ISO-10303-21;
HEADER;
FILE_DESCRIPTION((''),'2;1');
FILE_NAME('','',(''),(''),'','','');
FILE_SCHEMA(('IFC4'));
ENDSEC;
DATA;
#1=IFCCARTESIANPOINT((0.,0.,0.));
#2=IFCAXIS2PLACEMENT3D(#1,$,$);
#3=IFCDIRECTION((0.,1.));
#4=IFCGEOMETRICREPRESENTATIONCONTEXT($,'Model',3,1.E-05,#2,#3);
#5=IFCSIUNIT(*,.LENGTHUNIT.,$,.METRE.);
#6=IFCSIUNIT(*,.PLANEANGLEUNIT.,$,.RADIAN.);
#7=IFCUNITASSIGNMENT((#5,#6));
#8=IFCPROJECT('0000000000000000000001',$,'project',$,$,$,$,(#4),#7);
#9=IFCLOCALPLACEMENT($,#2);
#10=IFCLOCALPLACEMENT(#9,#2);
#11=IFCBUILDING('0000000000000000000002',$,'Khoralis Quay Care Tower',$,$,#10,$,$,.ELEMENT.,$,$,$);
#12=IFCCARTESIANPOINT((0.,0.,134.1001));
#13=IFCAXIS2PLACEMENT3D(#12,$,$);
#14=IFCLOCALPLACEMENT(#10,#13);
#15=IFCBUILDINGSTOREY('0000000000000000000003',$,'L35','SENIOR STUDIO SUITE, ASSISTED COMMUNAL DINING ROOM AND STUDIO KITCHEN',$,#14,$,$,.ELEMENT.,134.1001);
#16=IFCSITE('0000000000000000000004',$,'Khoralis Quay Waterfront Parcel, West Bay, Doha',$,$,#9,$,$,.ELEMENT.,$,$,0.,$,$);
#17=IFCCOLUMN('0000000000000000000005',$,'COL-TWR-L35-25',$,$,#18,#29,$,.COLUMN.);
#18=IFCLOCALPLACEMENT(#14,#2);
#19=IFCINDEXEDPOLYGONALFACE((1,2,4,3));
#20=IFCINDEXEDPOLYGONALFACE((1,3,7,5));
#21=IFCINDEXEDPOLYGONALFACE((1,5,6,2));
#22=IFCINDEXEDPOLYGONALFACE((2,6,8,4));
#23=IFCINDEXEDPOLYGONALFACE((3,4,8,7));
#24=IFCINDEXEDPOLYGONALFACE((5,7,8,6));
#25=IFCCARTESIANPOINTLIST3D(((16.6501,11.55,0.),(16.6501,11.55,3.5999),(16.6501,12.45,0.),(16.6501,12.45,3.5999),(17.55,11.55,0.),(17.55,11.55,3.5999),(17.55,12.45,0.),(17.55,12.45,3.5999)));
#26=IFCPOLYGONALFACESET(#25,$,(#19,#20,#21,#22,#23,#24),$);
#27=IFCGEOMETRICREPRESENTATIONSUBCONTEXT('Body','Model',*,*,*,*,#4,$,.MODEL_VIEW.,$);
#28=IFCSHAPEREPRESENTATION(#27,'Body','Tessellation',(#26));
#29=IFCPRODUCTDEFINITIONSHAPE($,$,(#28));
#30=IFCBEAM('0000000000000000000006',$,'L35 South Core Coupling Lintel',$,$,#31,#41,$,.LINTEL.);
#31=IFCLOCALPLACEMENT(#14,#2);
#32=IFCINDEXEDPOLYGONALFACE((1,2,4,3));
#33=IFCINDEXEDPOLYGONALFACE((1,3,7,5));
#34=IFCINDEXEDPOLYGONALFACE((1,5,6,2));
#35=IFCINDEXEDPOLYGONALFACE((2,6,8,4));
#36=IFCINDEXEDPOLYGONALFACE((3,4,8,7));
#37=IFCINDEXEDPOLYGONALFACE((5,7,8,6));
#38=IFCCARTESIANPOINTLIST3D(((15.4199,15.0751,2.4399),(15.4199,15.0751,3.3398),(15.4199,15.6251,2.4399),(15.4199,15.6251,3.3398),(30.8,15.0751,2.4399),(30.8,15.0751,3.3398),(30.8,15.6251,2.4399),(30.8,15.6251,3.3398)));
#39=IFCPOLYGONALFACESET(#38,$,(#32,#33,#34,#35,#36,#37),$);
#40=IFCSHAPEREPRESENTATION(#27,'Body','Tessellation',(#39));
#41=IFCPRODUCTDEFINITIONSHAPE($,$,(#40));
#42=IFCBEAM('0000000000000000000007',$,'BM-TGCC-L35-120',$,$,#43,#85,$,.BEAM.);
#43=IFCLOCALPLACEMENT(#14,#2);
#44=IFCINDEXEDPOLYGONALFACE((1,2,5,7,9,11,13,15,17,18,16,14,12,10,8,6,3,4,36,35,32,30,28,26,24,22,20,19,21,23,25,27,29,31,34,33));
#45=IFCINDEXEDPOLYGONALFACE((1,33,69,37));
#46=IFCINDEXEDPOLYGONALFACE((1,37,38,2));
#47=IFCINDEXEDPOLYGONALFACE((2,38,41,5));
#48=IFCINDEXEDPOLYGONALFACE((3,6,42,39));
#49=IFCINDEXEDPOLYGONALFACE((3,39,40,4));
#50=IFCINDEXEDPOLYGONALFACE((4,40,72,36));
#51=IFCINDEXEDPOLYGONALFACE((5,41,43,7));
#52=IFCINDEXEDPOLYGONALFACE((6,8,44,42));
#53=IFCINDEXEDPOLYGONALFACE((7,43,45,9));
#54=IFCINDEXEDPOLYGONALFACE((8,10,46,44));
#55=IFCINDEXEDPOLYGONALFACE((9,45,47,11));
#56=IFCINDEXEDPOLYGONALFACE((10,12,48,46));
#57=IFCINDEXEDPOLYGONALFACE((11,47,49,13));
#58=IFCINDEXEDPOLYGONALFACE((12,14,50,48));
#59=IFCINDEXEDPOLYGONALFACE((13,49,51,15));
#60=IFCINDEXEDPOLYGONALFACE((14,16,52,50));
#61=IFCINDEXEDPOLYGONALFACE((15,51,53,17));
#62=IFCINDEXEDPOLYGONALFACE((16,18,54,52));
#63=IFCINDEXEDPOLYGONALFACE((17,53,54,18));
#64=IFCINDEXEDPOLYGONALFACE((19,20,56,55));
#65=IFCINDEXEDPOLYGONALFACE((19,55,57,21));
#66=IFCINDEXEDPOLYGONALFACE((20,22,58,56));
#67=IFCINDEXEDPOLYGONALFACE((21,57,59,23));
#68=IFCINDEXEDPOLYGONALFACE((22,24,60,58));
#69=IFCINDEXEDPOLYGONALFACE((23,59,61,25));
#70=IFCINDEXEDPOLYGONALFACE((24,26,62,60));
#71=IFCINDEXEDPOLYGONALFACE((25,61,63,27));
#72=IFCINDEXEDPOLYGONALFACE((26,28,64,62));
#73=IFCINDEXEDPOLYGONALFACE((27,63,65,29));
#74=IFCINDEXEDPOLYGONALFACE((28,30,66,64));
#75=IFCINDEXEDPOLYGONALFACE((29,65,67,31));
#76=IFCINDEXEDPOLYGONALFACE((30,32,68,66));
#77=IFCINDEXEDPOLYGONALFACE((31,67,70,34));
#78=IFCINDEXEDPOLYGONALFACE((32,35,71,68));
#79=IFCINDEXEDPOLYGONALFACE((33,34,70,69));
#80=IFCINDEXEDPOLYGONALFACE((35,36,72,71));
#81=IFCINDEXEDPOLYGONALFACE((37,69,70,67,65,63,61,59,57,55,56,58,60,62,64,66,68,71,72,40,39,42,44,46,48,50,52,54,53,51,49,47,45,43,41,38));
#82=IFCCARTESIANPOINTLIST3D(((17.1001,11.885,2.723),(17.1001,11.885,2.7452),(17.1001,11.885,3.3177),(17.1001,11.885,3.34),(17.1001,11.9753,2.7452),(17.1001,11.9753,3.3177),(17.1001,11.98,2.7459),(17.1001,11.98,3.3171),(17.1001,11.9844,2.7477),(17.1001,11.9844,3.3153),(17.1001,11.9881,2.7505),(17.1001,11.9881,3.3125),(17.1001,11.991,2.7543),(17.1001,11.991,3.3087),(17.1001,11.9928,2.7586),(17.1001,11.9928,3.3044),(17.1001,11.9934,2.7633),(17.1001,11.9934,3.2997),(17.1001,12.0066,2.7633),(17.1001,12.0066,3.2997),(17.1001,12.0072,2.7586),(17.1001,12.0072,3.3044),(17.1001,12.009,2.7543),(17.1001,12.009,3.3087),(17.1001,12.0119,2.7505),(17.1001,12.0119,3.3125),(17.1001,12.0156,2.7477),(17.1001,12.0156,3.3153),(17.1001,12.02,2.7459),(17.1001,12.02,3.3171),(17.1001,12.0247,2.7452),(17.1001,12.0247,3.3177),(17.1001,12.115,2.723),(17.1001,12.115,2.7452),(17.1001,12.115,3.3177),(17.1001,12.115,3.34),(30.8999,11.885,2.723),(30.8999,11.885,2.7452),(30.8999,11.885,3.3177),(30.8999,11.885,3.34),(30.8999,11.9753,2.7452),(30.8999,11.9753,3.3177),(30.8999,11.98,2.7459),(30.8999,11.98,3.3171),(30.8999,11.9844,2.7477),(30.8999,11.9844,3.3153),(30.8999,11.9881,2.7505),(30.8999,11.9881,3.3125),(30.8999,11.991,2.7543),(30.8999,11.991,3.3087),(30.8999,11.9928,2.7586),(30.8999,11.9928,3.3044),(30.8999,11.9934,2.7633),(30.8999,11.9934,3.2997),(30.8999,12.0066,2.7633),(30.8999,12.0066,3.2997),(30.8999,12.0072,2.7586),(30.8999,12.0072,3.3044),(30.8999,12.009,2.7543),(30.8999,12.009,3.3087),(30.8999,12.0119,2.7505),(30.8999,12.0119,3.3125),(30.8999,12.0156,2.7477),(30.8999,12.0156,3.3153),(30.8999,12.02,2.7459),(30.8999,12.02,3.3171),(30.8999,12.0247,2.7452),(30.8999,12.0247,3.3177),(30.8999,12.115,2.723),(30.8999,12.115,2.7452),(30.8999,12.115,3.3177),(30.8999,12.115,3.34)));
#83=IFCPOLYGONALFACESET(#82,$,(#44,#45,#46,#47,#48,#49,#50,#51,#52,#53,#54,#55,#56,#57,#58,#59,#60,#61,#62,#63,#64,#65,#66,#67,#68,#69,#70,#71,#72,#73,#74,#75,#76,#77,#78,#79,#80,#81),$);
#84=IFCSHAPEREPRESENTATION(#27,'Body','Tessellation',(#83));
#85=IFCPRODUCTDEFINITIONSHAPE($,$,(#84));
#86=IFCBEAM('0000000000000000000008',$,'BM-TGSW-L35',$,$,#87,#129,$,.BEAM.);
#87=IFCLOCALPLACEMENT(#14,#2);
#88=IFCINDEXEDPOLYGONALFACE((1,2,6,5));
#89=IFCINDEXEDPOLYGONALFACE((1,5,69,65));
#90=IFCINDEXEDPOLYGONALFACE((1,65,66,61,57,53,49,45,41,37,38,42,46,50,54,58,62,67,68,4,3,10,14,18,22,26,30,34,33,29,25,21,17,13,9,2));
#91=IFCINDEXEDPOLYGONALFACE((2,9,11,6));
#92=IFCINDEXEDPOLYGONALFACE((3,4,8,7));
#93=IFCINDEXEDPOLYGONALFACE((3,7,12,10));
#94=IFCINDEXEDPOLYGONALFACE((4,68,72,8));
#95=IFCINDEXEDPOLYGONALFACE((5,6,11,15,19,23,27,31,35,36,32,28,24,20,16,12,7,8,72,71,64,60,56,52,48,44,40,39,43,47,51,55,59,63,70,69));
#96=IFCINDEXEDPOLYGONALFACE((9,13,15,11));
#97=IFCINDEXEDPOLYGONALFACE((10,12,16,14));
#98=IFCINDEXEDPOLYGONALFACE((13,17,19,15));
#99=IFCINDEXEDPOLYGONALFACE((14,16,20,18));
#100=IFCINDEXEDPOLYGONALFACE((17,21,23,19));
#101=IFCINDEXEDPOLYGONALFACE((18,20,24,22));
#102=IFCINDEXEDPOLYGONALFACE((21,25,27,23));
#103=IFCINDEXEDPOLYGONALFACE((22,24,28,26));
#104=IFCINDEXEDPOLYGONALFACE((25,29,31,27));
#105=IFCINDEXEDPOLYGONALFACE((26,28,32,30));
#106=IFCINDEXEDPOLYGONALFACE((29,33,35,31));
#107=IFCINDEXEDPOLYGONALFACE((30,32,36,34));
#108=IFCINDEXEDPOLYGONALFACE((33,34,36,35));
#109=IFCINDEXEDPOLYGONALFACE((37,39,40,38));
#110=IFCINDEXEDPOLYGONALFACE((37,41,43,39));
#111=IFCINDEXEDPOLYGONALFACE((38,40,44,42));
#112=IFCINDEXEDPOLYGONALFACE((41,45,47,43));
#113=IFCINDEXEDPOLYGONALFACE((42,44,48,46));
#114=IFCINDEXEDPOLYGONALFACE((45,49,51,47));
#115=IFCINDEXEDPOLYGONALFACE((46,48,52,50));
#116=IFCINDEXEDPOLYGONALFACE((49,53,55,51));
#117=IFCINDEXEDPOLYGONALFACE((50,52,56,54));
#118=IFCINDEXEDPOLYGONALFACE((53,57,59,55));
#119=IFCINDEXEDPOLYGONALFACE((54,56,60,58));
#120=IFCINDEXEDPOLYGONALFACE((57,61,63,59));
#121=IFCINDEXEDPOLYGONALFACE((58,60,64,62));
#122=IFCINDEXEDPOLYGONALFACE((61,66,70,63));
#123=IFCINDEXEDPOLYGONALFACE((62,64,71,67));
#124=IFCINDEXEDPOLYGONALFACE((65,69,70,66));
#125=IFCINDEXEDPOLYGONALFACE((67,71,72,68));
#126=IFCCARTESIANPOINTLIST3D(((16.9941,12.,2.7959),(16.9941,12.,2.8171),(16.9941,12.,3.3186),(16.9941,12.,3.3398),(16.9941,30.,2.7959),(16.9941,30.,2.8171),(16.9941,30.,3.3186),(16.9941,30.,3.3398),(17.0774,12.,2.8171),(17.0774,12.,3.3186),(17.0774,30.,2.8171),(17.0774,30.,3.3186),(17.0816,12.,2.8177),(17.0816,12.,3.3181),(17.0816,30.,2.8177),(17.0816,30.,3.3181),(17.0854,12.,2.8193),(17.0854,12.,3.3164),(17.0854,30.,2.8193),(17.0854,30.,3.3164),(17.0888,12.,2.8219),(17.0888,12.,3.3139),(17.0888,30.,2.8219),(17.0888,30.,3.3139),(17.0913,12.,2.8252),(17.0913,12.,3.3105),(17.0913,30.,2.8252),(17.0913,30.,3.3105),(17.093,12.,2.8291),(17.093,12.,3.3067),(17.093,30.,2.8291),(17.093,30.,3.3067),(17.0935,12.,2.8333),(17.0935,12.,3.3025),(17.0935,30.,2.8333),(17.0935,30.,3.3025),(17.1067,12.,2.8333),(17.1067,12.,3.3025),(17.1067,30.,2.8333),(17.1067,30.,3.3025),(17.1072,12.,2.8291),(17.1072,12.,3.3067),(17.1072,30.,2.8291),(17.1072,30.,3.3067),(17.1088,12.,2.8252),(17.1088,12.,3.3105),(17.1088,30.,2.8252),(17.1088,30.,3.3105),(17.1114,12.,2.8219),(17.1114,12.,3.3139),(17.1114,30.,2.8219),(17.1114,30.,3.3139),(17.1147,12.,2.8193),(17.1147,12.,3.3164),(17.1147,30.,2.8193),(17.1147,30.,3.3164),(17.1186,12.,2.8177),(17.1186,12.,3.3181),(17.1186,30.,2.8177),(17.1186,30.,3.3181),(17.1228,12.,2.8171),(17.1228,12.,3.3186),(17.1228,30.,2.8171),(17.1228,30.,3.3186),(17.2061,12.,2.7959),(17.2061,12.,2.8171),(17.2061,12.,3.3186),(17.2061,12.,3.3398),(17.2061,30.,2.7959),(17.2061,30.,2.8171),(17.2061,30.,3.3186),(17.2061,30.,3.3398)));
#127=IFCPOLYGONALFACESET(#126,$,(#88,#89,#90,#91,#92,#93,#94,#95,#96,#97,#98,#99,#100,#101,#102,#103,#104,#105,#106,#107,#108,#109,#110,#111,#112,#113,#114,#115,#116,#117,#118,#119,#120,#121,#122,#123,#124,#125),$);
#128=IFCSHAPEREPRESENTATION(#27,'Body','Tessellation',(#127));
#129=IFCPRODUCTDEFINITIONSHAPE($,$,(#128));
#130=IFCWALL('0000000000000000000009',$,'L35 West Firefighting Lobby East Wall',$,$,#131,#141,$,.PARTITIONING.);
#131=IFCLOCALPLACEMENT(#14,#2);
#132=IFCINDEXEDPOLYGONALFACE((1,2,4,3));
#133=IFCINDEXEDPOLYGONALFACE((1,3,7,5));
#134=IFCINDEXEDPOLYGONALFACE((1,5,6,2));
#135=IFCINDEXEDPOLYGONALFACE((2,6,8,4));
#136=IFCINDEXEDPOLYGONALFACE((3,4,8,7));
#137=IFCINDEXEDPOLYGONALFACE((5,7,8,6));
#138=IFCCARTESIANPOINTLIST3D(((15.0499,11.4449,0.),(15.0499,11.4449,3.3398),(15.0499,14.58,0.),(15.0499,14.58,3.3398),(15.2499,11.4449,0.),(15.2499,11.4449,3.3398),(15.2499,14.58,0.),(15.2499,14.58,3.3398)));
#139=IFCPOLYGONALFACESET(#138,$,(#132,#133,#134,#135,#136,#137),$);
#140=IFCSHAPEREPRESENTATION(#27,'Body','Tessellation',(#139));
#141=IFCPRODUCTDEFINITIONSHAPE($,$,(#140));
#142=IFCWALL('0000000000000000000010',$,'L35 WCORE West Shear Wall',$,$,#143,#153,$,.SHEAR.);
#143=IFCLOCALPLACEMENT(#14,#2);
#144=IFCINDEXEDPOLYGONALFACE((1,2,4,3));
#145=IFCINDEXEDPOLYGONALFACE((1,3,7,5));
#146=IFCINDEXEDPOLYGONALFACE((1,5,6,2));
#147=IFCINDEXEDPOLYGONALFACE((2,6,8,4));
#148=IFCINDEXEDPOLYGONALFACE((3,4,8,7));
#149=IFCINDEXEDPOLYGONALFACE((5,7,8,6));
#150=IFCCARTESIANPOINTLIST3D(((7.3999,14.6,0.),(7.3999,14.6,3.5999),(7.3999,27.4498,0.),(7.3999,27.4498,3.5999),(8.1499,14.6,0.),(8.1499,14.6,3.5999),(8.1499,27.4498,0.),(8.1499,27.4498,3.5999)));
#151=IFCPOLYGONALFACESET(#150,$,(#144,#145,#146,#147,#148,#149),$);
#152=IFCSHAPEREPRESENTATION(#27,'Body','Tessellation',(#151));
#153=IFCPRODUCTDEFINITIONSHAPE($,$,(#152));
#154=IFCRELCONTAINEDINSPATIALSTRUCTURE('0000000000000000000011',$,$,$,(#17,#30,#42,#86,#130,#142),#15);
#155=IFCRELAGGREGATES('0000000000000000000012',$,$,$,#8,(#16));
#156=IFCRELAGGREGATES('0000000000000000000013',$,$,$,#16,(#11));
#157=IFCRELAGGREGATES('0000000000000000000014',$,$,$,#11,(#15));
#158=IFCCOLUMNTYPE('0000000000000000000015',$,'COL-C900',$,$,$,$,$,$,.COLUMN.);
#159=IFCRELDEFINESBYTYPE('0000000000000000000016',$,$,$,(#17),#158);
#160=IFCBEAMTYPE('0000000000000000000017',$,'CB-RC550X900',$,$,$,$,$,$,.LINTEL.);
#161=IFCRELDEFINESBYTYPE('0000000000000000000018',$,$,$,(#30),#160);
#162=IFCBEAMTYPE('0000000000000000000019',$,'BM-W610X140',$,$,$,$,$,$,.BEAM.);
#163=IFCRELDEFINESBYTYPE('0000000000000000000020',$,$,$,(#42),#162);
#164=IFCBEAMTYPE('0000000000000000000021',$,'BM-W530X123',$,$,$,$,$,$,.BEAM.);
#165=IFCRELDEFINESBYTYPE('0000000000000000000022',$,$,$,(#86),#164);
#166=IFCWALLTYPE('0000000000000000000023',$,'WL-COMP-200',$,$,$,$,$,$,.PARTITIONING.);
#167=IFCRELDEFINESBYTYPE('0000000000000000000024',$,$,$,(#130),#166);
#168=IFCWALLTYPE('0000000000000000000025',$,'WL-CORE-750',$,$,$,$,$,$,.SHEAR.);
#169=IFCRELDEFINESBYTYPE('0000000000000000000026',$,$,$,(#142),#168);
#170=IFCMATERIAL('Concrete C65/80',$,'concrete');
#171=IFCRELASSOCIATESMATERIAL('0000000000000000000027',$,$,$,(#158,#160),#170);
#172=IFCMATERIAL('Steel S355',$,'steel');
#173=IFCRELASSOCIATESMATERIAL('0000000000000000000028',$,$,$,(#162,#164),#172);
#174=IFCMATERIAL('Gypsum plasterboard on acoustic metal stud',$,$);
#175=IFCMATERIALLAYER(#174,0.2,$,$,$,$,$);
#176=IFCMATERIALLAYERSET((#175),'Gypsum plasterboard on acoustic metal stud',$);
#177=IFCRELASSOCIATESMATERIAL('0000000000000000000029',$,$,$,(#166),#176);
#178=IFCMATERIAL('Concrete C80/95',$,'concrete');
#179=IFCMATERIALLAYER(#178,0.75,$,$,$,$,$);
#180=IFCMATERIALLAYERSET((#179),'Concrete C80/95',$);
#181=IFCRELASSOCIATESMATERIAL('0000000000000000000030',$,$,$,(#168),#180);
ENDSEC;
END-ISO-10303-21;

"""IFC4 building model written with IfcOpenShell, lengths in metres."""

from ifc_helpers import new_model, si_unit, direction, frame, frame_2d, origin, origin_2d, place, context, subcontext, project, spatial, rectangle, i_section, extrude, source, transform, mapped, material, layer, layer_set, material_profile, profile_set, type_object, element, save


model = new_model("IFC4")

# Units and contexts
model_context = context("Model", 3, precision=1e-05, world=origin(), true_north=direction((0.0, 1.0)))
body_context = subcontext(model_context, "Body", "Model", "MODEL_VIEW")
ifc_project = project(units=[si_unit("LENGTHUNIT", "METRE"), si_unit("PLANEANGLEUNIT", "RADIAN")], contexts=[model_context])

# Site, building, storey
site_placement = place(None, origin())
site = spatial("IfcSite", under=ifc_project, at=site_placement, Name="Khoralis Quay Waterfront Parcel, West Bay, Doha", CompositionType="ELEMENT", RefElevation=0.0)
building_placement = place(site_placement, origin())
building = spatial("IfcBuilding", under=site, at=building_placement, Name="Khoralis Quay Care Tower", CompositionType="ELEMENT")
storey_placement = place(building_placement, frame((0.0, 0.0, 134.1001)))
storey = spatial("IfcBuildingStorey", under=building, at=storey_placement, Name="L35", Description="SENIOR STUDIO SUITE, ASSISTED COMMUNAL DINING ROOM AND STUDIO KITCHEN", CompositionType="ELEMENT", Elevation=134.1001)

# Column
ifc_material_1 = material(Name="Concrete C65/80", Category="concrete")
ifc_material_profile_1 = material_profile(ifc_material_1, rectangle(XDim=0.8999, YDim=0.8999, at=origin_2d()), Name="Concrete C65/80")
ifc_profile_set_1 = profile_set([ifc_material_profile_1], Name="Concrete C65/80")
column_type = type_object("IfcColumnType", Name="COL-C900", PredefinedType="COLUMN", material=ifc_profile_set_1)
shared_shape_1 = source(origin(), body_context, "Body", "SweptSolid", [
    extrude(rectangle(XDim=0.8999, YDim=0.8999, at=origin_2d()), origin(), (0.0, 0.0, 1.0), 3.5999),
])
column_placement = place(storey_placement, frame((17.1001, 12.0, 0.0), z_axis=(0.0, 0.0, 1.0), x_axis=(1.0, 0.0, 0.0)))
element("IfcColumn", 1, at=column_placement, inside=storey, type_object=column_type, Name="COL-TWR-L35-25", PredefinedType="COLUMN", context=body_context, shape_type="MappedRepresentation", body=[
    mapped(shared_shape_1, transform((0.0, 0.0, 0.0), scale=1.0)),
])

# Beams
ifc_material_profile_2 = material_profile(ifc_material_1, rectangle(XDim=0.55, YDim=0.8999, at=origin_2d()), Name="Concrete C65/80")
ifc_profile_set_2 = profile_set([ifc_material_profile_2], Name="Concrete C65/80")
beam_type_1 = type_object("IfcBeamType", Name="CB-RC550X900", PredefinedType="LINTEL", material=ifc_profile_set_2)
shared_shape_2 = source(origin(), body_context, "Body", "SweptSolid", [
    extrude(rectangle(XDim=0.55, YDim=0.8999, at=origin_2d()), origin(), (0.0, 0.0, 1.0), 15.3801),
])
beam_1_placement = place(storey_placement, frame((15.4199, 15.3501, 2.8899), z_axis=(1.0, 0.0, 0.0), x_axis=(0.0, 1.0, 0.0)))
element("IfcBeam", 2, at=beam_1_placement, inside=storey, type_object=beam_type_1, Name="L35 South Core Coupling Lintel", PredefinedType="LINTEL", context=body_context, shape_type="MappedRepresentation", body=[
    mapped(shared_shape_2, transform((0.0, 0.0, 0.0), scale=1.0)),
])
ifc_material_2 = material(Name="Steel S355", Category="steel")
ifc_material_profile_3 = material_profile(ifc_material_2, i_section(OverallWidth=0.23, OverallDepth=0.6169, WebThickness=0.0132, FlangeThickness=0.0222, FilletRadius=0.0181, at=origin_2d()), Name="Steel S355")
ifc_profile_set_3 = profile_set([ifc_material_profile_3], Name="Steel S355")
beam_type_2 = type_object("IfcBeamType", Name="BM-W610X140", PredefinedType="BEAM", material=ifc_profile_set_3)
shared_shape_3 = source(origin(), body_context, "Body", "SweptSolid", [
    extrude(i_section(OverallWidth=0.23, OverallDepth=0.6169, WebThickness=0.0132, FlangeThickness=0.0222, FilletRadius=0.0181, at=origin_2d()), origin(), (0.0, 0.0, 1.0), 13.7998),
])
beam_2_placement = place(storey_placement, frame((17.1001, 12.0, 3.0315), z_axis=(1.0, 0.0, 0.0), x_axis=(0.0, 1.0, 0.0)))
element("IfcBeam", 3, at=beam_2_placement, inside=storey, type_object=beam_type_2, Name="BM-TGCC-L35-120", PredefinedType="BEAM", context=body_context, shape_type="MappedRepresentation", body=[
    mapped(shared_shape_3, transform((0.0, 0.0, 0.0), scale=1.0)),
])
ifc_material_profile_4 = material_profile(ifc_material_2, i_section(OverallWidth=0.2119, OverallDepth=0.5439, WebThickness=0.0132, FlangeThickness=0.0212, FilletRadius=0.0161, at=origin_2d()), Name="Steel S355")
ifc_profile_set_4 = profile_set([ifc_material_profile_4], Name="Steel S355")
beam_type_3 = type_object("IfcBeamType", Name="BM-W530X123", PredefinedType="BEAM", material=ifc_profile_set_4)
shared_shape_4 = source(origin(), body_context, "Body", "SweptSolid", [
    extrude(i_section(OverallWidth=0.2119, OverallDepth=0.5439, WebThickness=0.0132, FlangeThickness=0.0212, FilletRadius=0.0161, at=origin_2d()), origin(), (0.0, 0.0, 1.0), 18.0),
])
beam_3_placement = place(storey_placement, frame((17.1001, 12.0, 3.0679), z_axis=(0.0, 1.0, 0.0), x_axis=(-1.0, 0.0, 0.0)))
element("IfcBeam", 4, at=beam_3_placement, inside=storey, type_object=beam_type_3, Name="BM-TGSW-L35", PredefinedType="BEAM", context=body_context, shape_type="MappedRepresentation", body=[
    mapped(shared_shape_4, transform((0.0, 0.0, 0.0), scale=1.0)),
])

# Walls
ifc_material_3 = material(Name="Gypsum plasterboard on acoustic metal stud")
ifc_layer_1 = layer(ifc_material_3, 0.2)
ifc_layer_set_1 = layer_set([ifc_layer_1], Name="Gypsum plasterboard on acoustic metal stud")
wall_type_1 = type_object("IfcWallType", Name="WL-COMP-200", PredefinedType="PARTITIONING", material=ifc_layer_set_1)
wall_1_placement = place(storey_placement, frame((15.1499, 11.4451, 0.0), z_axis=(0.0, 0.0, 1.0), x_axis=(0.0, 1.0, 0.0)))
element("IfcWall", 5, at=wall_1_placement, inside=storey, type_object=wall_type_1, Name="L35 West Firefighting Lobby East Wall", PredefinedType="PARTITIONING", context=body_context, shape_type="SweptSolid", body=[
    extrude(rectangle(XDim=3.135, YDim=0.2, at=frame_2d((1.5674, 0.0))), origin(), (0.0, 0.0, 1.0), 3.3398),
])
ifc_material_4 = material(Name="Concrete C80/95", Category="concrete")
ifc_layer_2 = layer(ifc_material_4, 0.75)
ifc_layer_set_2 = layer_set([ifc_layer_2], Name="Concrete C80/95")
wall_type_2 = type_object("IfcWallType", Name="WL-CORE-750", PredefinedType="SHEAR", material=ifc_layer_set_2)
wall_2_placement = place(storey_placement, frame((7.7749, 14.6001, 0.0), z_axis=(0.0, 0.0, 1.0), x_axis=(0.0, 1.0, 0.0)))
element("IfcWall", 6, at=wall_2_placement, inside=storey, type_object=wall_type_2, Name="L35 WCORE West Shear Wall", PredefinedType="SHEAR", context=body_context, shape_type="SweptSolid", body=[
    extrude(rectangle(XDim=12.8499, YDim=0.75, at=frame_2d((6.4248, 0.0))), origin(), (0.0, 0.0, 1.0), 3.5999),
])

save(model, "model.ifc")
